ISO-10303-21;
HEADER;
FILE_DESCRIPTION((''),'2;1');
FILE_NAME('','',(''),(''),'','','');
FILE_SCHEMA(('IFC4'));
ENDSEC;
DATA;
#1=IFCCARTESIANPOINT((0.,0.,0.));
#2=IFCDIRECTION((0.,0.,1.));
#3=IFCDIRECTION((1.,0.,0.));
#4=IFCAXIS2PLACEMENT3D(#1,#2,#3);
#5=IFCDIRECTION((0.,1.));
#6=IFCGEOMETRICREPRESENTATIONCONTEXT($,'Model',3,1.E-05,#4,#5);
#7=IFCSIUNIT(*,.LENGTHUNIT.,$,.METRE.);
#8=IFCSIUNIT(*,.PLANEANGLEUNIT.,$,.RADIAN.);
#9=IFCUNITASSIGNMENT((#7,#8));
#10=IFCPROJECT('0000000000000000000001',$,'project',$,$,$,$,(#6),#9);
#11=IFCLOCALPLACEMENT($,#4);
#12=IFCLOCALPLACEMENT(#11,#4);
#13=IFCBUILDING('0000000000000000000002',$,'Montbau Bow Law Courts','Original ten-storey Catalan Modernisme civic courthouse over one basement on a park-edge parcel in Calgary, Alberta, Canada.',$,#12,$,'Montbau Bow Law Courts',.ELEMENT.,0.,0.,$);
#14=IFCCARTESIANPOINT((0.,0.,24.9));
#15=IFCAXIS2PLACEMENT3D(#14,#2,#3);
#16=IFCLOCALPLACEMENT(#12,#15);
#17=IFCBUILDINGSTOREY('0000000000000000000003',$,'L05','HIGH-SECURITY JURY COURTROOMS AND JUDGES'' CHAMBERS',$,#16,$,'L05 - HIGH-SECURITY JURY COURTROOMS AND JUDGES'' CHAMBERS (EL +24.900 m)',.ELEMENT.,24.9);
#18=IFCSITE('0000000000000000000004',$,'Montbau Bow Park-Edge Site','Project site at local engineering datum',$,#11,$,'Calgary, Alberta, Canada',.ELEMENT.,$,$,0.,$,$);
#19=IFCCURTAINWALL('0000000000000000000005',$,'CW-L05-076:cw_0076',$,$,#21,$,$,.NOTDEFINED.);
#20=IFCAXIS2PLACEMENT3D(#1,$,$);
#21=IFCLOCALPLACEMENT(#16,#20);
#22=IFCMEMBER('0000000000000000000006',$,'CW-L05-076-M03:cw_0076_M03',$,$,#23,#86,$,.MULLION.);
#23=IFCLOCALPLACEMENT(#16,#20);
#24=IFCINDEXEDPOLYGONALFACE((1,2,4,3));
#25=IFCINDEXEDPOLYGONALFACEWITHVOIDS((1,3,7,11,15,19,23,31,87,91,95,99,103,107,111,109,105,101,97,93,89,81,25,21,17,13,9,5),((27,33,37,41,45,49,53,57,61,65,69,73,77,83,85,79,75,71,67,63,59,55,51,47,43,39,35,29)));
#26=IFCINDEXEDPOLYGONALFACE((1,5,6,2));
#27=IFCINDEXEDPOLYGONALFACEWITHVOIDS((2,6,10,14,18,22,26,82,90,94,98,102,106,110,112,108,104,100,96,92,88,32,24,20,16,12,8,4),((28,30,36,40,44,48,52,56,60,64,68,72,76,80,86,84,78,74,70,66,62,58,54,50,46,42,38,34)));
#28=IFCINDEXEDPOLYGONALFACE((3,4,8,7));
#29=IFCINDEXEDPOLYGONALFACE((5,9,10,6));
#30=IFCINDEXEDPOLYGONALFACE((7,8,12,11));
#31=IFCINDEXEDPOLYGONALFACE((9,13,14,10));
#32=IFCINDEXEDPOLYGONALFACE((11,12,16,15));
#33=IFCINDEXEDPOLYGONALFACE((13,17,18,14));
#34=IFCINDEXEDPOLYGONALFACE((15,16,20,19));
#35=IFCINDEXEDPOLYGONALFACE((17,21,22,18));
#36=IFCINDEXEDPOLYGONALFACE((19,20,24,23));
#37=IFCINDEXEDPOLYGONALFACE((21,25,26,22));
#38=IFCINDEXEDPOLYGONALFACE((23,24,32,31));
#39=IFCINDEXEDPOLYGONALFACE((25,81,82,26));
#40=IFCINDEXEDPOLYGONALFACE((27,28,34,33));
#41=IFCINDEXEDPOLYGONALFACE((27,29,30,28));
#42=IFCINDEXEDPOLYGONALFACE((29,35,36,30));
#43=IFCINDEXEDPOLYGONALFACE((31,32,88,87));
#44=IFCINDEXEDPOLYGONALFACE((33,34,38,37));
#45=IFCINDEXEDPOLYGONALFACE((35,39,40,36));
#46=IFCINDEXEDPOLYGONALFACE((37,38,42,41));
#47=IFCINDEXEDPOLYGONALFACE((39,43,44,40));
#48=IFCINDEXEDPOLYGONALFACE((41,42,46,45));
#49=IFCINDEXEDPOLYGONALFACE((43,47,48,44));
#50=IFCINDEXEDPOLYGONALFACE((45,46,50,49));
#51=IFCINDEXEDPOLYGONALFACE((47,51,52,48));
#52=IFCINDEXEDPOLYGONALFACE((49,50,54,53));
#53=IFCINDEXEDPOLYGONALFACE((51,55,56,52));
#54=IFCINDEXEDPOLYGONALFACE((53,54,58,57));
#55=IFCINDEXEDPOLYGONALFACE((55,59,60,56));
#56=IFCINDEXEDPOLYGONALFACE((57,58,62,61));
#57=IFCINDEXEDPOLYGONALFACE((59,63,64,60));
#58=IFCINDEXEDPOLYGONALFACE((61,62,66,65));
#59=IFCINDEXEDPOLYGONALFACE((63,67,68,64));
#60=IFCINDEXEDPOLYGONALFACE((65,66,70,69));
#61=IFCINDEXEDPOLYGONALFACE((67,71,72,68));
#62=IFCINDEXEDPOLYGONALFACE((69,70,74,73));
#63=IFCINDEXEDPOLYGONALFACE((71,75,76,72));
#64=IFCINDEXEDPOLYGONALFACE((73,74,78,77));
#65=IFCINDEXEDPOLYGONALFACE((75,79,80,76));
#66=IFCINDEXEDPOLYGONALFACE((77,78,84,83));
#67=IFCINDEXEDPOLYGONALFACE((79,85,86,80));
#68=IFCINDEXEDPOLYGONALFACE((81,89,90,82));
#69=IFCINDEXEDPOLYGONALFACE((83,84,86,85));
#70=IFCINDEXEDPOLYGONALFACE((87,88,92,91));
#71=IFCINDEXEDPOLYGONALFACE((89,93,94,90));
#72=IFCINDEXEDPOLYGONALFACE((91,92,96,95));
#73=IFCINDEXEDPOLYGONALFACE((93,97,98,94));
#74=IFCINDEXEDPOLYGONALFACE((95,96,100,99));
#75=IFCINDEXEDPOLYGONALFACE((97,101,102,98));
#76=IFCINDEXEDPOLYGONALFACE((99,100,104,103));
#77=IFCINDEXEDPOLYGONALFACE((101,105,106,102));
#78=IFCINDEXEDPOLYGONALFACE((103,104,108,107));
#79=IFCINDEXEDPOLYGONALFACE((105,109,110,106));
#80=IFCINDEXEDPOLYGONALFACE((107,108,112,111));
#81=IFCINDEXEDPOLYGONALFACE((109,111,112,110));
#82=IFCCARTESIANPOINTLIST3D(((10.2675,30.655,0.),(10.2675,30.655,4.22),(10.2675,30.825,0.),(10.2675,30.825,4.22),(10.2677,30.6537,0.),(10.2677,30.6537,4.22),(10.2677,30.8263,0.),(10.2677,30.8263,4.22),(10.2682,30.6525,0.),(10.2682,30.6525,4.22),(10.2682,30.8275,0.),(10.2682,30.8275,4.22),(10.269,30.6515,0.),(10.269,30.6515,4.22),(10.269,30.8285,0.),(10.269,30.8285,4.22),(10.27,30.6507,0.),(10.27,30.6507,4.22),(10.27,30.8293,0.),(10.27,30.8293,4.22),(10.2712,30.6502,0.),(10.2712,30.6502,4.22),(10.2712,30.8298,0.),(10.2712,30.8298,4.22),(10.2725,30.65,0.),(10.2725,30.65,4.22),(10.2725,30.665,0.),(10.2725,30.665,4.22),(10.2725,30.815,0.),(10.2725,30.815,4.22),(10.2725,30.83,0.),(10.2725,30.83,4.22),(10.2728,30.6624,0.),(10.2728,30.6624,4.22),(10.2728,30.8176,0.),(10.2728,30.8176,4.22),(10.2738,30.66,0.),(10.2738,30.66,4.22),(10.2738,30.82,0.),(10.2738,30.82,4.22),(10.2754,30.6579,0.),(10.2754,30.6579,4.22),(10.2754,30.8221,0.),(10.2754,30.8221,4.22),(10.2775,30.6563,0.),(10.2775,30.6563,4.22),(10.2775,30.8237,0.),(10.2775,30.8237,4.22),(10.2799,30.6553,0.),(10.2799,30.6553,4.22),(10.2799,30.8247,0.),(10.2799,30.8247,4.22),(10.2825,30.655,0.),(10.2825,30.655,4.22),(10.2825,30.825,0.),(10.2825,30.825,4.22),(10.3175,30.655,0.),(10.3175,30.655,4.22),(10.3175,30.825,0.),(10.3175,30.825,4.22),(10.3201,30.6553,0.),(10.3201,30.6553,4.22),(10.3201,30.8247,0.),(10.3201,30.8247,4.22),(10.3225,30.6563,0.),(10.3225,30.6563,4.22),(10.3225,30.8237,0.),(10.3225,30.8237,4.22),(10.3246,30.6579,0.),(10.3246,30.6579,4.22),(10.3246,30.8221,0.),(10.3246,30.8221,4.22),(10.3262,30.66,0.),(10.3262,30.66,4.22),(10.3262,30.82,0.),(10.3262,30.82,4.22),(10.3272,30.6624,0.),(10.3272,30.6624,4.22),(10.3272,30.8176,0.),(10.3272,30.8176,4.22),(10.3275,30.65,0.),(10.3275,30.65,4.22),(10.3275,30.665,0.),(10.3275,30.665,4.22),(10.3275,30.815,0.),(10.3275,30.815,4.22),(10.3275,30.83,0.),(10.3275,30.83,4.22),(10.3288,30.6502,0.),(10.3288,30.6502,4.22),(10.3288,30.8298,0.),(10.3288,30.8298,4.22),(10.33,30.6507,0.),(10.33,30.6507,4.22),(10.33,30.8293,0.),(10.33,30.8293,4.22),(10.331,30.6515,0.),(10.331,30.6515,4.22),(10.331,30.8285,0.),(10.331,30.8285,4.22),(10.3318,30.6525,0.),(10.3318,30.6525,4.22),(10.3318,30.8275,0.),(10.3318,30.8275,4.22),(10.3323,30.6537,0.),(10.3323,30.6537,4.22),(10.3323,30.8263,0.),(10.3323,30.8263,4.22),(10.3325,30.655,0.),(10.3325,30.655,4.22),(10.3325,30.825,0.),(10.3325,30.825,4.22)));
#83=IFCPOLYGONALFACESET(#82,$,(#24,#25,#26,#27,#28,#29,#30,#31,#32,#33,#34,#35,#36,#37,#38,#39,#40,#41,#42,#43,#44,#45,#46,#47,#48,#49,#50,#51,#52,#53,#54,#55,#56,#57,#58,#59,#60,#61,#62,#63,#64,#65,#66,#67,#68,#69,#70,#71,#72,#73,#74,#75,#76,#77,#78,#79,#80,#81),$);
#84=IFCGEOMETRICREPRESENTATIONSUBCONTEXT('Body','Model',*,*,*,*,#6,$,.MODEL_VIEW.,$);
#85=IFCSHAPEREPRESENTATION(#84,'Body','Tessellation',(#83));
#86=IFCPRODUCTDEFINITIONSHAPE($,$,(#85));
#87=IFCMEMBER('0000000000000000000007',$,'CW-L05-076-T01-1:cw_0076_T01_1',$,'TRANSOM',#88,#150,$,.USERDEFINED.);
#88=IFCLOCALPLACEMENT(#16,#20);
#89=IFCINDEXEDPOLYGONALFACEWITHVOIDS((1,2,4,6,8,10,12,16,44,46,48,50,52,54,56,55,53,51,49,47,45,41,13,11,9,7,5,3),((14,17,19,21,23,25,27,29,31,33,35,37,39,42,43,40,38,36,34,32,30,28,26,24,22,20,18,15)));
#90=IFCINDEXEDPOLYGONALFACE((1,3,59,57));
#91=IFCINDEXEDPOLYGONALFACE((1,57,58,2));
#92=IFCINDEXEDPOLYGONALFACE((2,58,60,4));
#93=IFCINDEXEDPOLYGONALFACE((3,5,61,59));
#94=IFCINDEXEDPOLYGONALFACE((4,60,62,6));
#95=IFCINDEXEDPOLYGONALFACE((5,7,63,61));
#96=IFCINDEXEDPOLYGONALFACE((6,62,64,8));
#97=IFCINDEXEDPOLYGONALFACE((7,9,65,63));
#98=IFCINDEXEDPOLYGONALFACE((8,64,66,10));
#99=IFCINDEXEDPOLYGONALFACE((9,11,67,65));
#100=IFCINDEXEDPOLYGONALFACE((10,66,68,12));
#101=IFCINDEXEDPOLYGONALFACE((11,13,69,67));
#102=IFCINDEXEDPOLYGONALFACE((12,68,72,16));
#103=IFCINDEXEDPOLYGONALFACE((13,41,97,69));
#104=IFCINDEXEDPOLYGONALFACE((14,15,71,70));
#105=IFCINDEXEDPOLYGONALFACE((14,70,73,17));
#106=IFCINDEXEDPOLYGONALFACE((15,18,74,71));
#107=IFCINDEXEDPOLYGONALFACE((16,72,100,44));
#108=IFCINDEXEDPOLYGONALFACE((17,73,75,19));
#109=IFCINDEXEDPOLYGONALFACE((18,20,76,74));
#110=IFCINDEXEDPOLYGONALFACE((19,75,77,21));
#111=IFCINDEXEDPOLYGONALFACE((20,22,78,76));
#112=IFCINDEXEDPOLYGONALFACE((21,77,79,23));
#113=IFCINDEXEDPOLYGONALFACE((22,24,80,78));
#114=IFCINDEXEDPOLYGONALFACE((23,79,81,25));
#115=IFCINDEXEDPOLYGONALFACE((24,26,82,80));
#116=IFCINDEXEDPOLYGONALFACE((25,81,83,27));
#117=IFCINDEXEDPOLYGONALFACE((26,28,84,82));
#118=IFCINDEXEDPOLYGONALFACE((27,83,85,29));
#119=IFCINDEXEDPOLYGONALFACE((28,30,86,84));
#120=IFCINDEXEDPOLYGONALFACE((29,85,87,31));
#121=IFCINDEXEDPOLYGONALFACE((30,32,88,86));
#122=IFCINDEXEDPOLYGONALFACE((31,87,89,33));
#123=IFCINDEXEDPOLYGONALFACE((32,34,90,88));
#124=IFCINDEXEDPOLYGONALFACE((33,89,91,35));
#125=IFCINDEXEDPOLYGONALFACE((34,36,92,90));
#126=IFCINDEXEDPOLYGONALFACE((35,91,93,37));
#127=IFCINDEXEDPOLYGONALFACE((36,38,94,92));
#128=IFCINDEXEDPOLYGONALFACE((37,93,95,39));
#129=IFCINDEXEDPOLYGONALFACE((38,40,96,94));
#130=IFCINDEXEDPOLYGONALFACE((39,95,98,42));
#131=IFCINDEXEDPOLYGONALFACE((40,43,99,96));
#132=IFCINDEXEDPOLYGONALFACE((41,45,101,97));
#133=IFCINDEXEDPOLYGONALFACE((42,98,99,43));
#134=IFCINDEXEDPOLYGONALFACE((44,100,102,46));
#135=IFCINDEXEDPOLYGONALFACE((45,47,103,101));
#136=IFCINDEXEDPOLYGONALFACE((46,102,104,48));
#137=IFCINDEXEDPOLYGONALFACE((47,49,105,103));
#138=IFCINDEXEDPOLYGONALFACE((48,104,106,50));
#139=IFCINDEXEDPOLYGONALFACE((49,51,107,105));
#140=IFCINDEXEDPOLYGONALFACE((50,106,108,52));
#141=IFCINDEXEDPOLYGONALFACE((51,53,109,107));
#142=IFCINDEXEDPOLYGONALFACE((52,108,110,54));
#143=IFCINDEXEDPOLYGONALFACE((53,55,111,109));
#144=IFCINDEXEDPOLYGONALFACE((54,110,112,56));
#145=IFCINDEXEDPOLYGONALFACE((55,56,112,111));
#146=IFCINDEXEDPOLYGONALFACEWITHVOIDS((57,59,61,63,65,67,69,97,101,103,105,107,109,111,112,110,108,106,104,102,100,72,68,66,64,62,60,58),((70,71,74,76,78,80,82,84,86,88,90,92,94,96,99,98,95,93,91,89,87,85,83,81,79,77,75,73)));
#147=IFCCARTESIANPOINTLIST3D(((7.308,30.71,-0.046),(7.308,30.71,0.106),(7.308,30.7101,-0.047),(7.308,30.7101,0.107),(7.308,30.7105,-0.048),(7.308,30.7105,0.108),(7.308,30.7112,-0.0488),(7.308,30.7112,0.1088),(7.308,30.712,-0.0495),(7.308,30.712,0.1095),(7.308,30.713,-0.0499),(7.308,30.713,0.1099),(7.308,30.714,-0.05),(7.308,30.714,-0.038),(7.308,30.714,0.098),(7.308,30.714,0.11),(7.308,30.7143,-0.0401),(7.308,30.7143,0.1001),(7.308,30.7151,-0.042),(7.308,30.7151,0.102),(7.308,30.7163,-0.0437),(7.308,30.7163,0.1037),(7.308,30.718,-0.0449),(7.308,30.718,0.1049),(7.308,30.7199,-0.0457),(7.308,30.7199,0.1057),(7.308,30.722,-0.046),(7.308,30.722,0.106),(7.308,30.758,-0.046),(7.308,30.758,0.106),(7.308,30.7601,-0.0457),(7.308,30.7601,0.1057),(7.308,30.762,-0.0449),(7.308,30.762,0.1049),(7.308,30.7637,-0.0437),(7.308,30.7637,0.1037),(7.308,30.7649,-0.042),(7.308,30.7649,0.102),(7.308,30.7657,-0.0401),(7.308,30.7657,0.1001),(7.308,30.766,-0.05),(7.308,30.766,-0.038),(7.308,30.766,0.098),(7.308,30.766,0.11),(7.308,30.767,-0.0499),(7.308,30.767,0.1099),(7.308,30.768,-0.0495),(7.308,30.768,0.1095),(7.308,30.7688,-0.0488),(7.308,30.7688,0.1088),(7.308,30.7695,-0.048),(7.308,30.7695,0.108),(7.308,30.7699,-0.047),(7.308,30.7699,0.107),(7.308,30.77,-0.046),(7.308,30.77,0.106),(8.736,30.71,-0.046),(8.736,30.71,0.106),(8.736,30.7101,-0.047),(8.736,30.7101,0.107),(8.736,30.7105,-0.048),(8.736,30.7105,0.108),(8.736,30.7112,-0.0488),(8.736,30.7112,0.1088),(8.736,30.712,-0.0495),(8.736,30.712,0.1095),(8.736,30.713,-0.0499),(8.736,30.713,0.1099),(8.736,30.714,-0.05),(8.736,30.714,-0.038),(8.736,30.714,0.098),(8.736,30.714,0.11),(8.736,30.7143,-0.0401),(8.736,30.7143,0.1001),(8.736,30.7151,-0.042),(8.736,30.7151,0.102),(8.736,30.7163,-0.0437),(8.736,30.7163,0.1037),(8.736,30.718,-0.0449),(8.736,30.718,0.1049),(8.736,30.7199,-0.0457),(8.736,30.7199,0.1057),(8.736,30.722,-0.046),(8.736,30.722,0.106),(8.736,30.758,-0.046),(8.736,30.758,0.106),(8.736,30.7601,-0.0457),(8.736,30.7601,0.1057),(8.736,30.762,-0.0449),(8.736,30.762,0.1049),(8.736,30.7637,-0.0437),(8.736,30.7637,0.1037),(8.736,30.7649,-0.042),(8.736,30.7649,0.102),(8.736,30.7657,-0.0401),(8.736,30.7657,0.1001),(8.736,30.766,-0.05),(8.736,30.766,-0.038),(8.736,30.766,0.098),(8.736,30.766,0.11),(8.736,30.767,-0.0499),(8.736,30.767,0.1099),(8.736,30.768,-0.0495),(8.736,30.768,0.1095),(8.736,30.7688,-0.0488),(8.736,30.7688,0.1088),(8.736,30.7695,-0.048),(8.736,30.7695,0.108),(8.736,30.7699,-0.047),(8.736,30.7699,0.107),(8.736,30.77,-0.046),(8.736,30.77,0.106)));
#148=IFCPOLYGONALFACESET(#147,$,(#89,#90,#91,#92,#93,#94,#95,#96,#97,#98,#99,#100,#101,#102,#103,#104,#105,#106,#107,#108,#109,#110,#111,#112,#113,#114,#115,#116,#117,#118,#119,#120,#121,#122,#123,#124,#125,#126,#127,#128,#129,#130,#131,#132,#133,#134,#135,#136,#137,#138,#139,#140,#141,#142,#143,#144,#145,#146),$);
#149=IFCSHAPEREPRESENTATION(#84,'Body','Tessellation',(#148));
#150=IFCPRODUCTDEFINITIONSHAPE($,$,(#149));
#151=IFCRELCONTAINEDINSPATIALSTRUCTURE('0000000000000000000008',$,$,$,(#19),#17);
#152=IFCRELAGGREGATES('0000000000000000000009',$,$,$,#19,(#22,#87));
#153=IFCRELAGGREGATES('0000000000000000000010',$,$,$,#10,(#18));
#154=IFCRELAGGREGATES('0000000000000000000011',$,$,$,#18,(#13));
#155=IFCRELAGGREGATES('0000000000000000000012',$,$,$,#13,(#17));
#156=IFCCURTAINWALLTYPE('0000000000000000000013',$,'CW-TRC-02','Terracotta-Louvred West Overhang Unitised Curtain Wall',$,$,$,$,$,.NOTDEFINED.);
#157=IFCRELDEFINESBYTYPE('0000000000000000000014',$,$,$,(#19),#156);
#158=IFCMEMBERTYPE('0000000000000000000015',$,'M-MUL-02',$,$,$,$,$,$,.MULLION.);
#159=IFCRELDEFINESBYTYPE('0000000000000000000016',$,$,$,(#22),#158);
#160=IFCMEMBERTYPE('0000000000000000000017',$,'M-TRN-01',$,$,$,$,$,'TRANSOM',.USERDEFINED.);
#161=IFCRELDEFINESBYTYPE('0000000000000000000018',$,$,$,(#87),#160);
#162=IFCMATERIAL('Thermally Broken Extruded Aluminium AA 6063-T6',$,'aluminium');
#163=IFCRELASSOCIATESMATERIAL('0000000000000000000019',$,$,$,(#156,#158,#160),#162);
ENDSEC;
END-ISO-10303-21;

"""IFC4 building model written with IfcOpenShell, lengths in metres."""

from ifc_helpers import new_model, si_unit, direction, frame, origin_with_axes, origin_2d_with_axis, place, context, subcontext, project, spatial, hollow_rectangle, extrude, material, material_profile, profile_set, type_object, element, aggregate, save


model = new_model("IFC4")

# Units and contexts
model_context = context("Model", 3, precision=1e-05, world=origin_with_axes(), true_north=direction((0.0, 1.0)))
body_context = subcontext(model_context, "Body", "Model", "MODEL_VIEW")
ifc_project = project(units=[si_unit("LENGTHUNIT", "METRE"), si_unit("PLANEANGLEUNIT", "RADIAN")], contexts=[model_context])

# Site, building, storey
site_placement = place(None, origin_with_axes())
site = spatial("IfcSite", under=ifc_project, at=site_placement, Name="Montbau Bow Park-Edge Site", Description="Project site at local engineering datum", LongName="Calgary, Alberta, Canada", CompositionType="ELEMENT", RefElevation=0.0)
building_placement = place(site_placement, origin_with_axes())
building = spatial("IfcBuilding", under=site, at=building_placement, Name="Montbau Bow Law Courts", Description="Original ten-storey Catalan Modernisme civic courthouse over one basement on a park-edge parcel in Calgary, Alberta, Canada.", LongName="Montbau Bow Law Courts", CompositionType="ELEMENT", ElevationOfRefHeight=0.0, ElevationOfTerrain=0.0)
storey_placement = place(building_placement, frame((0.0, 0.0, 24.9), z_axis=(0.0, 0.0, 1.0), x_axis=(1.0, 0.0, 0.0)))
storey = spatial("IfcBuildingStorey", under=building, at=storey_placement, Name="L05", Description="HIGH-SECURITY JURY COURTROOMS AND JUDGES' CHAMBERS", LongName="L05 - HIGH-SECURITY JURY COURTROOMS AND JUDGES' CHAMBERS (EL +24.900 m)", CompositionType="ELEMENT", Elevation=24.9)

# Curtain wall, members
ifc_material_1 = material(Name="Thermally Broken Extruded Aluminium AA 6063-T6", Category="aluminium")
curtain_wall_type = type_object("IfcCurtainWallType", Name="CW-TRC-02", Description="Terracotta-Louvred West Overhang Unitised Curtain Wall", PredefinedType="NOTDEFINED", material=ifc_material_1)
curtain_wall_placement = place(None, frame((7.24, 30.74, 24.9), z_axis=(0.0, 0.0, 1.0), x_axis=(1.0, 0.0, 0.0)))
curtain_wall = element("IfcCurtainWall", 1, at=curtain_wall_placement, inside=storey, type_object=curtain_wall_type, Name="CW-L05-076:cw_0076", PredefinedType="NOTDEFINED")
ifc_material_profile_1 = material_profile(ifc_material_1, hollow_rectangle(XDim=0.065, YDim=0.18, WallThickness=0.005, InnerFilletRadius=0.01, OuterFilletRadius=0.005, at=origin_2d_with_axis()), Name="CWM-180X65", Category="Main", Priority=0)
ifc_profile_set_1 = profile_set([ifc_material_profile_1], Name="Thermally Broken Extruded Aluminium AA 6063-T6")
member_type_1 = type_object("IfcMemberType", Name="M-MUL-02", PredefinedType="MULLION", material=ifc_profile_set_1)
member_1_placement = place(None, frame((10.3, 30.74, 24.9), z_axis=(0.0, 0.0, 1.0), x_axis=(1.0, 0.0, 0.0)))
member_1 = element("IfcMember", 2, at=member_1_placement, type_object=member_type_1, Name="CW-L05-076-M03:cw_0076_M03", PredefinedType="MULLION", context=body_context, shape_type="SweptSolid", body=[
    extrude(hollow_rectangle(XDim=0.065, YDim=0.18, WallThickness=0.005, InnerFilletRadius=0.01, OuterFilletRadius=0.005, at=origin_2d_with_axis()), origin_with_axes(), (0.0, 0.0, 1.0), 4.22),
])
ifc_material_profile_2 = material_profile(ifc_material_1, hollow_rectangle(XDim=0.06, YDim=0.16, WallThickness=0.004, InnerFilletRadius=0.008, OuterFilletRadius=0.004, at=origin_2d_with_axis()), Name="CWT-160X60", Category="Main", Priority=0)
ifc_profile_set_2 = profile_set([ifc_material_profile_2], Name="Thermally Broken Extruded Aluminium AA 6063-T6")
member_type_2 = type_object("IfcMemberType", Name="M-TRN-01", ElementType="TRANSOM", PredefinedType="USERDEFINED", material=ifc_profile_set_2)
member_2_placement = place(None, frame((7.308, 30.74, 24.93), z_axis=(1.0, 0.0, 0.0), x_axis=(0.0, 1.0, 0.0)))
member_2 = element("IfcMember", 3, at=member_2_placement, type_object=member_type_2, Name="CW-L05-076-T01-1:cw_0076_T01_1", ObjectType="TRANSOM", PredefinedType="USERDEFINED", context=body_context, shape_type="SweptSolid", body=[
    extrude(hollow_rectangle(XDim=0.06, YDim=0.16, WallThickness=0.004, InnerFilletRadius=0.008, OuterFilletRadius=0.004, at=origin_2d_with_axis()), origin_with_axes(), (0.0, 0.0, 1.0), 1.428),
])
aggregate(curtain_wall, [member_1, member_2])

save(model, "model.ifc")
